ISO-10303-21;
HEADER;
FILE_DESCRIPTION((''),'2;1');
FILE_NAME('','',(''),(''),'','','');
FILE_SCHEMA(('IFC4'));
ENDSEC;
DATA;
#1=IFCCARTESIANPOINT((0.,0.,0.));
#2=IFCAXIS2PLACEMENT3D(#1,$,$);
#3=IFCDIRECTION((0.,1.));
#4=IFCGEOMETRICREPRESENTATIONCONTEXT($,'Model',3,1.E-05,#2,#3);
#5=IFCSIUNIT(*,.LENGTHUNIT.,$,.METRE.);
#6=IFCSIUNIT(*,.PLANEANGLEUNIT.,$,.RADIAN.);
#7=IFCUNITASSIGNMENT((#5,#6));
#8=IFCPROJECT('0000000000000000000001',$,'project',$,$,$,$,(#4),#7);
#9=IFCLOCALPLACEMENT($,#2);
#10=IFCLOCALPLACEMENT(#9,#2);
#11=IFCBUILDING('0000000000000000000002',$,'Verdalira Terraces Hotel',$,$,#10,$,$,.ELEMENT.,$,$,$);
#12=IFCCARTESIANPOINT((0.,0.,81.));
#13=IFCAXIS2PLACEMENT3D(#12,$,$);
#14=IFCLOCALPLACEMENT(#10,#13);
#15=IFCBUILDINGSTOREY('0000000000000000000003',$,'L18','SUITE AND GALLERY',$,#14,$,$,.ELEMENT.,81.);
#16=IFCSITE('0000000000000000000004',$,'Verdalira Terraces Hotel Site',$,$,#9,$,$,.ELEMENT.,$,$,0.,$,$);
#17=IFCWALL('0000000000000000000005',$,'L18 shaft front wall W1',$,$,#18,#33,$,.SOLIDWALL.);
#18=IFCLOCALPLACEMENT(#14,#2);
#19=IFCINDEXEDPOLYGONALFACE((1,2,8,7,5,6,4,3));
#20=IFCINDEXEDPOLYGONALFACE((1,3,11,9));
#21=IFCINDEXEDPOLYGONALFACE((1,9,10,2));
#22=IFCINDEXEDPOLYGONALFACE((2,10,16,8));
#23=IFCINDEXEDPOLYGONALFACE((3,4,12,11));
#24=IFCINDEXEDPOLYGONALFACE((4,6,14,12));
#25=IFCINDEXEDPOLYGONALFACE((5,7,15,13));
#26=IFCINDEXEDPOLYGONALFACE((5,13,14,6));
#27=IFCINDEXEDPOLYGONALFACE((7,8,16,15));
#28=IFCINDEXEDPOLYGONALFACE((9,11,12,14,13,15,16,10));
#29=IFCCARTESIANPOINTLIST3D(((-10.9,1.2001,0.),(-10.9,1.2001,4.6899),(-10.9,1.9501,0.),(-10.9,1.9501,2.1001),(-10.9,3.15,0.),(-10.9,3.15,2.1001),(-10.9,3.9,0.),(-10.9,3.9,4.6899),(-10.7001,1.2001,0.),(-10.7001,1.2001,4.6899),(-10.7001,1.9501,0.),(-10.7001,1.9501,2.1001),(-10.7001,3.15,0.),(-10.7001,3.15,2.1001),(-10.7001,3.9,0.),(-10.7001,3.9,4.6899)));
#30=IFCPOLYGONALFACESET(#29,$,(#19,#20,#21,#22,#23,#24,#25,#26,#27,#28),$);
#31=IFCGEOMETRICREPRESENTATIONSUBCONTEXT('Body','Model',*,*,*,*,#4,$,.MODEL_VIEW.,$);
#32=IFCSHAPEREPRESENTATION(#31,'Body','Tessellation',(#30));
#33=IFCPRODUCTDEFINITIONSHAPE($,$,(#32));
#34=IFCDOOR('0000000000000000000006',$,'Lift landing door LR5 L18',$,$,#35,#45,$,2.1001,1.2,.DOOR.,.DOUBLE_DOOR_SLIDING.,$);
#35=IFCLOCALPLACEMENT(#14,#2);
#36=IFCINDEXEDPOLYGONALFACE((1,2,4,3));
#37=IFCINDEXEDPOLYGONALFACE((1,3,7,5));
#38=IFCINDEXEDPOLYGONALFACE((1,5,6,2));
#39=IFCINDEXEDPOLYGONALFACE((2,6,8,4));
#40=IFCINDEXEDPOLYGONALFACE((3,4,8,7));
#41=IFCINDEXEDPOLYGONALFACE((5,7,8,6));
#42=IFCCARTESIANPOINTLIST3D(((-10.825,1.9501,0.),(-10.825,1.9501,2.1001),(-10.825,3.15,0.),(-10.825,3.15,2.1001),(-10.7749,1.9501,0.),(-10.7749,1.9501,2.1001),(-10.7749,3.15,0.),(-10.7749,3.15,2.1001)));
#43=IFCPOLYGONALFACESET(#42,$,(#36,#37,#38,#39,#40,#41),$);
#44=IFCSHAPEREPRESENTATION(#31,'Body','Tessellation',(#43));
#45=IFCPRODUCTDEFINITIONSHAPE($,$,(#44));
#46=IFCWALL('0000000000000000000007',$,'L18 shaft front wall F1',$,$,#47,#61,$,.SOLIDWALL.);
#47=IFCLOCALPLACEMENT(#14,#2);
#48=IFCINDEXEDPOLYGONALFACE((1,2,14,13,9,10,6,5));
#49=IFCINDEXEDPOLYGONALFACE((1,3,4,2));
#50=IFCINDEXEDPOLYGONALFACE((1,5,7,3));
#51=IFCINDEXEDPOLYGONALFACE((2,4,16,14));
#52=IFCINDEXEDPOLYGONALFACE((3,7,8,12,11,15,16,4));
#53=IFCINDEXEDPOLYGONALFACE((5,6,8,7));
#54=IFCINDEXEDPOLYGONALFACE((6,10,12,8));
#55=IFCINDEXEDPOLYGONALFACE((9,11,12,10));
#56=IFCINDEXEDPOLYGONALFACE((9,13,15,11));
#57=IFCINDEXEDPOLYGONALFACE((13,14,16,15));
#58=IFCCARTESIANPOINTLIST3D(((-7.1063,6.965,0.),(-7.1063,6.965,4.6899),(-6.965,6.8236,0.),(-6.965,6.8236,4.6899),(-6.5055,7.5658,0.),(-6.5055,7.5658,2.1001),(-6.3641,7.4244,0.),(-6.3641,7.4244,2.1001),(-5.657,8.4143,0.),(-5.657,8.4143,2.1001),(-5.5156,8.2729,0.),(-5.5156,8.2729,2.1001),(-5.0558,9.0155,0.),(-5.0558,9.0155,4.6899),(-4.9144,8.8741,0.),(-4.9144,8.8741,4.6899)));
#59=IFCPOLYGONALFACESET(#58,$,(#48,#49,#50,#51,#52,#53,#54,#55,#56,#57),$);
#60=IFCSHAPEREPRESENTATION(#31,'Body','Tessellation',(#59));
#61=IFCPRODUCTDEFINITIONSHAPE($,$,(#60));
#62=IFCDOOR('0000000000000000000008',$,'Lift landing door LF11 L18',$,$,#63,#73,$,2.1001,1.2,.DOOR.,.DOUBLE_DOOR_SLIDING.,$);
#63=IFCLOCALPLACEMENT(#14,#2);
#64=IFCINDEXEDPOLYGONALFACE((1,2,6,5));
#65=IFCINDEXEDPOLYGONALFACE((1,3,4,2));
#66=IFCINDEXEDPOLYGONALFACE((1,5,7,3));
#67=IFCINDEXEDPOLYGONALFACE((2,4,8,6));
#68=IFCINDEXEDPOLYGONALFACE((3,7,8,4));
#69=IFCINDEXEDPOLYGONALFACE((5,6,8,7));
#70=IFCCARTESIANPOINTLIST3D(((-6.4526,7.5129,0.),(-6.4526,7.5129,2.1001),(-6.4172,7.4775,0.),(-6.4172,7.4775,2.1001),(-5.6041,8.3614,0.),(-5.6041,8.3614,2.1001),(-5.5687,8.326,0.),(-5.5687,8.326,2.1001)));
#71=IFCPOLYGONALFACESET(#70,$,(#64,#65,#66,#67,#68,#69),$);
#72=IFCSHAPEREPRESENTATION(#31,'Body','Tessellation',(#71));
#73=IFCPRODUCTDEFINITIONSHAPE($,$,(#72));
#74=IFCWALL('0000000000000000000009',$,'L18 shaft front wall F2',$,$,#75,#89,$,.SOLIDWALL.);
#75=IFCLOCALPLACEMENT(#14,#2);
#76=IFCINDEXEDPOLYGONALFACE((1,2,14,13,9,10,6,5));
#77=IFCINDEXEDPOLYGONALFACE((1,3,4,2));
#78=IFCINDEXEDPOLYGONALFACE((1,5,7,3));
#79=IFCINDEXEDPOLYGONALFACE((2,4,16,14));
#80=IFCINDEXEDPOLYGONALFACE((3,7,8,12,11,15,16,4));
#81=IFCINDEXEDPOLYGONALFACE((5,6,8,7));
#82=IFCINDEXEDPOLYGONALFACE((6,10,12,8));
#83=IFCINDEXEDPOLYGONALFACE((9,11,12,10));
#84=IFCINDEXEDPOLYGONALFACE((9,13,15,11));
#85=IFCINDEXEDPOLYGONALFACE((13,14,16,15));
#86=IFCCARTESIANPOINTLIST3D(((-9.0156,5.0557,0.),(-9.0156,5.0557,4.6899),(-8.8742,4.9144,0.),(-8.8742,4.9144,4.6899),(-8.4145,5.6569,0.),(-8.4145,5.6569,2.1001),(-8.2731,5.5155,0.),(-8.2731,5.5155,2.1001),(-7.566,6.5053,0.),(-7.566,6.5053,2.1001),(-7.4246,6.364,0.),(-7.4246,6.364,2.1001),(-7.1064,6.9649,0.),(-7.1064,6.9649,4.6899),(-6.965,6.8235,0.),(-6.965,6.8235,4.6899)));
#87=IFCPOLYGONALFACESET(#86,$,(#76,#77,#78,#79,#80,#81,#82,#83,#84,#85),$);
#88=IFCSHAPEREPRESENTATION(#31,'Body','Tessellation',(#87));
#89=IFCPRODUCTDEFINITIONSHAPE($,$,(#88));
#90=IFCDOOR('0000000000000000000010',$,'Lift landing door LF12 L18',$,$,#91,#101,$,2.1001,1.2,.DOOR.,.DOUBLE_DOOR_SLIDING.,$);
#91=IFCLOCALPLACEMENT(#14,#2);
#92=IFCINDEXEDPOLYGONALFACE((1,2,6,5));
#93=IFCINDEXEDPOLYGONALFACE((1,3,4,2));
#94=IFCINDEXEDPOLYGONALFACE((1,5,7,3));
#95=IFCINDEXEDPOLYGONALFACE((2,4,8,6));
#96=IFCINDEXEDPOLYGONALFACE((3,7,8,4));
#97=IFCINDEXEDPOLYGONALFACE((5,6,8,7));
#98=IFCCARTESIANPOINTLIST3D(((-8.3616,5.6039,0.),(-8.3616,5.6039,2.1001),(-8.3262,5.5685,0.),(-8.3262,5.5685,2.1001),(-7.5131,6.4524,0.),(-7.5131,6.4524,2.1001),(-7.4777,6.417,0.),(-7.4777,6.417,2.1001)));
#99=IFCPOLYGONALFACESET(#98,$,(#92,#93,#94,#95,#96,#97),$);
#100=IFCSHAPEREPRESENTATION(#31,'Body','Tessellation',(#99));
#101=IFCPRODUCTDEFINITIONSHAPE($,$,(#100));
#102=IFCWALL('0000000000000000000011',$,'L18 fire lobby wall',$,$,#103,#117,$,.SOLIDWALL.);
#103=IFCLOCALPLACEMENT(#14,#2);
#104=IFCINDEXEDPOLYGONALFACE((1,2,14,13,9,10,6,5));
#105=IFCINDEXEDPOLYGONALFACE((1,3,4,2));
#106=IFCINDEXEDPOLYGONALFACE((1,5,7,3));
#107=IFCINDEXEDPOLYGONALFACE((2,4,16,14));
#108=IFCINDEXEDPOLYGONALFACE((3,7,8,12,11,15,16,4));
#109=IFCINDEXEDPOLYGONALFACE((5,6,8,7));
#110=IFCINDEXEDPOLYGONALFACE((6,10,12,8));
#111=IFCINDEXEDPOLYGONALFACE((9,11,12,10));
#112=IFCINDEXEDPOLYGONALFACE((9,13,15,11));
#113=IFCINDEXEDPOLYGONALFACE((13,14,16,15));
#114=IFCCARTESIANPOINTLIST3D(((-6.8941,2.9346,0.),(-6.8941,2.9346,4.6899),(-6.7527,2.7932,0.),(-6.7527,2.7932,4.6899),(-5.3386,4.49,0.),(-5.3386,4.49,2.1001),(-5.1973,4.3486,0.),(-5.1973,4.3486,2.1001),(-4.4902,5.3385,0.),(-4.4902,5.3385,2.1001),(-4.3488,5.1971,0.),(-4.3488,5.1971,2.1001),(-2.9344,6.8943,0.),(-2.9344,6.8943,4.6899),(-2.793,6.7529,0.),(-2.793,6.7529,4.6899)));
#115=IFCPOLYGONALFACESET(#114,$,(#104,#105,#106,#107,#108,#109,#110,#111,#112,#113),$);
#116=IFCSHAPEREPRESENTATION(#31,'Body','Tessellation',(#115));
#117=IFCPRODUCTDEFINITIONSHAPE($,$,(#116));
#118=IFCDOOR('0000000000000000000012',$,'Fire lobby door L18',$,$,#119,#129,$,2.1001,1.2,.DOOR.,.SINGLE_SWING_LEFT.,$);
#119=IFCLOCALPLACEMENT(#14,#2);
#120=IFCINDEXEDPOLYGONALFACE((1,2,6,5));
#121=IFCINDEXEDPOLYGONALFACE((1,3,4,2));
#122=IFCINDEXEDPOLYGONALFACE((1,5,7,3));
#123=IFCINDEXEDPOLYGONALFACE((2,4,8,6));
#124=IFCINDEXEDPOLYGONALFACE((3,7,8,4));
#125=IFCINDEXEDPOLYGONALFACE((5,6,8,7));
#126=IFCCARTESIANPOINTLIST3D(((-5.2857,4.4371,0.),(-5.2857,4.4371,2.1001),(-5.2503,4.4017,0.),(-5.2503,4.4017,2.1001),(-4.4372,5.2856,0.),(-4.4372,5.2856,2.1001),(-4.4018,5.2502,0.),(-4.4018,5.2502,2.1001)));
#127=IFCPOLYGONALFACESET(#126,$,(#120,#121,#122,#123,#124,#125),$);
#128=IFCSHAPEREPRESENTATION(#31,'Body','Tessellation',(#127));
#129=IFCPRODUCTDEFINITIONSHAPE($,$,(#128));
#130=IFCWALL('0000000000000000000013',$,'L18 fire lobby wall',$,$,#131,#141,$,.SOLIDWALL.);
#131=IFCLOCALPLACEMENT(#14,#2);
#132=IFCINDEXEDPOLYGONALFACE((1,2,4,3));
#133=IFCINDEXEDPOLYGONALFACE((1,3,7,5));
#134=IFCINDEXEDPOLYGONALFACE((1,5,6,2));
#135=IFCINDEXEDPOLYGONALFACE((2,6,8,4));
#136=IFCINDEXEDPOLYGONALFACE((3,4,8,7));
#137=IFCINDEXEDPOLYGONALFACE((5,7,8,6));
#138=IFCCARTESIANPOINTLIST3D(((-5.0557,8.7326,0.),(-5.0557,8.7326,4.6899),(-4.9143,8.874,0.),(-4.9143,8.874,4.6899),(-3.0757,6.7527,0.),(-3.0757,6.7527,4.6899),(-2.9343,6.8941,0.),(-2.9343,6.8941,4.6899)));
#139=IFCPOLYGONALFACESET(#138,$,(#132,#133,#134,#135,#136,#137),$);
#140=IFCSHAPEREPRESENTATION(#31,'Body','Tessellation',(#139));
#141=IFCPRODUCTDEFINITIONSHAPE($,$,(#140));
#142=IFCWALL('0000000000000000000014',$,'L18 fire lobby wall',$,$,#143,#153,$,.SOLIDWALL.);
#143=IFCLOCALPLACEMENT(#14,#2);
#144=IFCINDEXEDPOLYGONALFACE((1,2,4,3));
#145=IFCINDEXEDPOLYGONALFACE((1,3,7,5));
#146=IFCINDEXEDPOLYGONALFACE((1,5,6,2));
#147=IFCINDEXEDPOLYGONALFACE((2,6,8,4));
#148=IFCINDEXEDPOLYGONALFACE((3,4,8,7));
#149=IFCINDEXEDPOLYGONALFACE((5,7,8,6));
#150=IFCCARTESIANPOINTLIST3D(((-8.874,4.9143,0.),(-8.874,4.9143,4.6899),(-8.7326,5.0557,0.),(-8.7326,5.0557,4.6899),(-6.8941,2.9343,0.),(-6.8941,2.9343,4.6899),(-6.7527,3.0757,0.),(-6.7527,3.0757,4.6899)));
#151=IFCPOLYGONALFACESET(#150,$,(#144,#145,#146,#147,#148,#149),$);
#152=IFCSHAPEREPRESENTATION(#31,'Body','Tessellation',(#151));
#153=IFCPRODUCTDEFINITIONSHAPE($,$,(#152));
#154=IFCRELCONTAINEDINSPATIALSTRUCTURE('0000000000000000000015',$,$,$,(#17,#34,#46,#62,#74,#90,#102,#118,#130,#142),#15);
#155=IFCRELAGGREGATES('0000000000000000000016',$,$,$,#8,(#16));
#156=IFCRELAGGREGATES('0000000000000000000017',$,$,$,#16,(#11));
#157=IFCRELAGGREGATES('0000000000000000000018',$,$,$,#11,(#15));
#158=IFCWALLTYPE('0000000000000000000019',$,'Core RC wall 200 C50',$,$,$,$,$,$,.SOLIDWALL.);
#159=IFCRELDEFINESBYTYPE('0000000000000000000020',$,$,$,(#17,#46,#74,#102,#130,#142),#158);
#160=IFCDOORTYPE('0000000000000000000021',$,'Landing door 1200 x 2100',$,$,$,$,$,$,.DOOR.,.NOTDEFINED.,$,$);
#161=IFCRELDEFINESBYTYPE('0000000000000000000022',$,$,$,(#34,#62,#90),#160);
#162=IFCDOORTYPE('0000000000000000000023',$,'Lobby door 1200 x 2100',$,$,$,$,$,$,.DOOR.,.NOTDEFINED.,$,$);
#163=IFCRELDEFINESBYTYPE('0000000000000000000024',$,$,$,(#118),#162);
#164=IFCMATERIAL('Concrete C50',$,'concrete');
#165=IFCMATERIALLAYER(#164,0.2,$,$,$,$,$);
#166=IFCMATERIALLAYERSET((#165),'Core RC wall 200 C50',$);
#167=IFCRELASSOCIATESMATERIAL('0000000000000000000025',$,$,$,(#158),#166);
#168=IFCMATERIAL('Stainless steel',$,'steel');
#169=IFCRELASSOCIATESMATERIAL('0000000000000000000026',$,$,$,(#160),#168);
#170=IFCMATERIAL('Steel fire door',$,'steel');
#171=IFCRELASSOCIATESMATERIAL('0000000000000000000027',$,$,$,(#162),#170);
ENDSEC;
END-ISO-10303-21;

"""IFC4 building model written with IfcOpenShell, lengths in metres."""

from ifc_helpers import new_model, si_unit, direction, frame, frame_2d, origin, place, context, subcontext, project, spatial, rectangle, extrude, material, layer, layer_set, type_object, element, fill, save


model = new_model("IFC4")

# Units and contexts
model_context = context("Model", 3, precision=1e-05, world=origin(), true_north=direction((0.0, 1.0)))
body_context = subcontext(model_context, "Body", "Model", "MODEL_VIEW")
ifc_project = project(units=[si_unit("LENGTHUNIT", "METRE"), si_unit("PLANEANGLEUNIT", "RADIAN")], contexts=[model_context])

# Site, building, storey
site_placement = place(None, origin())
site = spatial("IfcSite", under=ifc_project, at=site_placement, Name="Verdalira Terraces Hotel Site", CompositionType="ELEMENT", RefElevation=0.0)
building_placement = place(site_placement, origin())
building = spatial("IfcBuilding", under=site, at=building_placement, Name="Verdalira Terraces Hotel", CompositionType="ELEMENT")
storey_placement = place(building_placement, frame((0.0, 0.0, 81.0)))
storey = spatial("IfcBuildingStorey", under=building, at=storey_placement, Name="L18", Description="SUITE AND GALLERY", CompositionType="ELEMENT", Elevation=81.0)

# Walls, openings, doors
ifc_material_1 = material(Name="Concrete C50", Category="concrete")
ifc_layer_1 = layer(ifc_material_1, 0.2)
ifc_layer_set_1 = layer_set([ifc_layer_1], Name="Core RC wall 200 C50")
wall_type_1 = type_object("IfcWallType", Name="Core RC wall 200 C50", PredefinedType="SOLIDWALL", material=ifc_layer_set_1)
wall_1_placement = place(storey_placement, frame((-10.8, 1.2, 0.0), z_axis=(0.0, 0.0, 1.0), x_axis=(0.0, 1.0, 0.0)))
wall_1 = element("IfcWall", 1, at=wall_1_placement, inside=storey, type_object=wall_type_1, Name="L18 shaft front wall W1", PredefinedType="SOLIDWALL", context=body_context, shape_type="SweptSolid", body=[
    extrude(rectangle(XDim=2.7, YDim=0.2, at=frame_2d((1.3501, 0.0))), origin(), (0.0, 0.0, 1.0), 4.6899),
])
opening_1_placement = place(wall_1_placement, frame((0.75, 0.0, 0.0)))
opening_1 = element("IfcOpeningElement", 2, at=opening_1_placement, cuts=wall_1, PredefinedType="OPENING", context=body_context, shape_type="SweptSolid", body=[
    extrude(rectangle(XDim=1.2, YDim=2.1001, at=frame_2d((0.6001, 1.05))), frame((0.0, 0.1099, 0.0), z_axis=(0.0, -1.0, 0.0), x_axis=(1.0, 0.0, 0.0)), (0.0, 0.0, 1.0), 0.22),
])
ifc_material_2 = material(Name="Stainless steel", Category="steel")
door_type_1 = type_object("IfcDoorType", Name="Landing door 1200 x 2100", OperationType="NOTDEFINED", PredefinedType="DOOR", material=ifc_material_2)
door_1_placement = place(opening_1_placement, origin())
door_1 = element("IfcDoor", 3, at=door_1_placement, inside=storey, type_object=door_type_1, Name="Lift landing door LR5 L18", OperationType="DOUBLE_DOOR_SLIDING", OverallHeight=2.1001, OverallWidth=1.2, PredefinedType="DOOR", context=body_context, shape_type="SweptSolid", body=[
    extrude(rectangle(XDim=1.2, YDim=2.1001, at=frame_2d((0.6001, 1.05))), frame((0.0, 0.0249, 0.0), z_axis=(0.0, -1.0, 0.0), x_axis=(1.0, 0.0, 0.0)), (0.0, 0.0, 1.0), 0.05),
])
fill(opening_1, door_1)
wall_2_placement = place(storey_placement, frame((-4.9851, 8.9448, 0.0), z_axis=(0.0, 0.0, 1.0), x_axis=(-0.707107, -0.707107, 0.0)))
wall_2 = element("IfcWall", 4, at=wall_2_placement, inside=storey, type_object=wall_type_1, Name="L18 shaft front wall F1", PredefinedType="SOLIDWALL", context=body_context, shape_type="SweptSolid", body=[
    extrude(rectangle(XDim=2.8999, YDim=0.2, at=frame_2d((1.45, 0.0))), origin(), (0.0, 0.0, 1.0), 4.6899),
])
opening_2_placement = place(wall_2_placement, frame((0.8501, 0.0, 0.0)))
opening_2 = element("IfcOpeningElement", 5, at=opening_2_placement, cuts=wall_2, PredefinedType="OPENING", context=body_context, shape_type="SweptSolid", body=[
    extrude(rectangle(XDim=1.2, YDim=2.1001, at=frame_2d((0.6001, 1.05))), frame((0.0, 0.1099, 0.0), z_axis=(0.0, -1.0, 0.0), x_axis=(1.0, 0.0, 0.0)), (0.0, 0.0, 1.0), 0.22),
])
door_2_placement = place(opening_2_placement, origin())
door_2 = element("IfcDoor", 6, at=door_2_placement, inside=storey, type_object=door_type_1, Name="Lift landing door LF11 L18", OperationType="DOUBLE_DOOR_SLIDING", OverallHeight=2.1001, OverallWidth=1.2, PredefinedType="DOOR", context=body_context, shape_type="SweptSolid", body=[
    extrude(rectangle(XDim=1.2, YDim=2.1001, at=frame_2d((0.6001, 1.05))), frame((0.0, 0.0249, 0.0), z_axis=(0.0, -1.0, 0.0), x_axis=(1.0, 0.0, 0.0)), (0.0, 0.0, 1.0), 0.05),
])
fill(opening_2, door_2)
wall_3_placement = place(storey_placement, frame((-7.0356, 6.8943, 0.0), z_axis=(0.0, 0.0, 1.0), x_axis=(-0.707107, -0.707107, 0.0)))
wall_3 = element("IfcWall", 7, at=wall_3_placement, inside=storey, type_object=wall_type_1, Name="L18 shaft front wall F2", PredefinedType="SOLIDWALL", context=body_context, shape_type="SweptSolid", body=[
    extrude(rectangle(XDim=2.7, YDim=0.2, at=frame_2d((1.3501, 0.0))), origin(), (0.0, 0.0, 1.0), 4.6899),
])
opening_3_placement = place(wall_3_placement, frame((0.6499, 0.0, 0.0)))
opening_3 = element("IfcOpeningElement", 8, at=opening_3_placement, cuts=wall_3, PredefinedType="OPENING", context=body_context, shape_type="SweptSolid", body=[
    extrude(rectangle(XDim=1.2, YDim=2.1001, at=frame_2d((0.6001, 1.05))), frame((0.0, 0.1099, 0.0), z_axis=(0.0, -1.0, 0.0), x_axis=(1.0, 0.0, 0.0)), (0.0, 0.0, 1.0), 0.22),
])
door_3_placement = place(opening_3_placement, origin())
door_3 = element("IfcDoor", 9, at=door_3_placement, inside=storey, type_object=door_type_1, Name="Lift landing door LF12 L18", OperationType="DOUBLE_DOOR_SLIDING", OverallHeight=2.1001, OverallWidth=1.2, PredefinedType="DOOR", context=body_context, shape_type="SweptSolid", body=[
    extrude(rectangle(XDim=1.2, YDim=2.1001, at=frame_2d((0.6001, 1.05))), frame((0.0, 0.0249, 0.0), z_axis=(0.0, -1.0, 0.0), x_axis=(1.0, 0.0, 0.0)), (0.0, 0.0, 1.0), 0.05),
])
fill(opening_3, door_3)
wall_4_placement = place(storey_placement, frame((-2.8638, 6.8235, 0.0), z_axis=(0.0, 0.0, 1.0), x_axis=(-0.707107, -0.707107, 0.0)))
wall_4 = element("IfcWall", 10, at=wall_4_placement, inside=storey, type_object=wall_type_1, Name="L18 fire lobby wall", PredefinedType="SOLIDWALL", context=body_context, shape_type="SweptSolid", body=[
    extrude(rectangle(XDim=5.5999, YDim=0.2, at=frame_2d((2.7998, 0.0))), origin(), (0.0, 0.0, 1.0), 4.6899),
])
opening_4_placement = place(wall_4_placement, frame((2.2, 0.0, 0.0)))
opening_4 = element("IfcOpeningElement", 11, at=opening_4_placement, cuts=wall_4, PredefinedType="OPENING", context=body_context, shape_type="SweptSolid", body=[
    extrude(rectangle(XDim=1.2, YDim=2.1001, at=frame_2d((0.6001, 1.05))), frame((0.0, 0.1099, 0.0), z_axis=(0.0, -1.0, 0.0), x_axis=(1.0, 0.0, 0.0)), (0.0, 0.0, 1.0), 0.22),
])
ifc_material_3 = material(Name="Steel fire door", Category="steel")
door_type_2 = type_object("IfcDoorType", Name="Lobby door 1200 x 2100", OperationType="NOTDEFINED", PredefinedType="DOOR", material=ifc_material_3)
door_4_placement = place(opening_4_placement, origin())
door_4 = element("IfcDoor", 12, at=door_4_placement, inside=storey, type_object=door_type_2, Name="Fire lobby door L18", OperationType="SINGLE_SWING_LEFT", OverallHeight=2.1001, OverallWidth=1.2, PredefinedType="DOOR", context=body_context, shape_type="SweptSolid", body=[
    extrude(rectangle(XDim=1.2, YDim=2.1001, at=frame_2d((0.6001, 1.05))), frame((0.0, 0.0249, 0.0), z_axis=(0.0, -1.0, 0.0), x_axis=(1.0, 0.0, 0.0)), (0.0, 0.0, 1.0), 0.05),
])
fill(opening_4, door_4)

# Walls
for number, where, z_axis, x_axis, name in (
    (13, (-3.0051, 6.8235, 0.0), (0.0, 0.0, 1.0), (-0.707107, 0.707107, 0.0), "L18 fire lobby wall"),
    (14, (-6.8235, 3.0051, 0.0), (0.0, 0.0, 1.0), (-0.707107, 0.707107, 0.0), "L18 fire lobby wall"),
):
    element("IfcWall", number, at=place(storey_placement, frame(where, z_axis=z_axis, x_axis=x_axis)), inside=storey, type_object=wall_type_1, Name=name, PredefinedType="SOLIDWALL", context=body_context, shape_type="SweptSolid", body=[
        extrude(rectangle(XDim=2.8, YDim=0.2, at=frame_2d((1.3999, 0.0))), origin(), (0.0, 0.0, 1.0), 4.6899),
    ])

save(model, "model.ifc")
